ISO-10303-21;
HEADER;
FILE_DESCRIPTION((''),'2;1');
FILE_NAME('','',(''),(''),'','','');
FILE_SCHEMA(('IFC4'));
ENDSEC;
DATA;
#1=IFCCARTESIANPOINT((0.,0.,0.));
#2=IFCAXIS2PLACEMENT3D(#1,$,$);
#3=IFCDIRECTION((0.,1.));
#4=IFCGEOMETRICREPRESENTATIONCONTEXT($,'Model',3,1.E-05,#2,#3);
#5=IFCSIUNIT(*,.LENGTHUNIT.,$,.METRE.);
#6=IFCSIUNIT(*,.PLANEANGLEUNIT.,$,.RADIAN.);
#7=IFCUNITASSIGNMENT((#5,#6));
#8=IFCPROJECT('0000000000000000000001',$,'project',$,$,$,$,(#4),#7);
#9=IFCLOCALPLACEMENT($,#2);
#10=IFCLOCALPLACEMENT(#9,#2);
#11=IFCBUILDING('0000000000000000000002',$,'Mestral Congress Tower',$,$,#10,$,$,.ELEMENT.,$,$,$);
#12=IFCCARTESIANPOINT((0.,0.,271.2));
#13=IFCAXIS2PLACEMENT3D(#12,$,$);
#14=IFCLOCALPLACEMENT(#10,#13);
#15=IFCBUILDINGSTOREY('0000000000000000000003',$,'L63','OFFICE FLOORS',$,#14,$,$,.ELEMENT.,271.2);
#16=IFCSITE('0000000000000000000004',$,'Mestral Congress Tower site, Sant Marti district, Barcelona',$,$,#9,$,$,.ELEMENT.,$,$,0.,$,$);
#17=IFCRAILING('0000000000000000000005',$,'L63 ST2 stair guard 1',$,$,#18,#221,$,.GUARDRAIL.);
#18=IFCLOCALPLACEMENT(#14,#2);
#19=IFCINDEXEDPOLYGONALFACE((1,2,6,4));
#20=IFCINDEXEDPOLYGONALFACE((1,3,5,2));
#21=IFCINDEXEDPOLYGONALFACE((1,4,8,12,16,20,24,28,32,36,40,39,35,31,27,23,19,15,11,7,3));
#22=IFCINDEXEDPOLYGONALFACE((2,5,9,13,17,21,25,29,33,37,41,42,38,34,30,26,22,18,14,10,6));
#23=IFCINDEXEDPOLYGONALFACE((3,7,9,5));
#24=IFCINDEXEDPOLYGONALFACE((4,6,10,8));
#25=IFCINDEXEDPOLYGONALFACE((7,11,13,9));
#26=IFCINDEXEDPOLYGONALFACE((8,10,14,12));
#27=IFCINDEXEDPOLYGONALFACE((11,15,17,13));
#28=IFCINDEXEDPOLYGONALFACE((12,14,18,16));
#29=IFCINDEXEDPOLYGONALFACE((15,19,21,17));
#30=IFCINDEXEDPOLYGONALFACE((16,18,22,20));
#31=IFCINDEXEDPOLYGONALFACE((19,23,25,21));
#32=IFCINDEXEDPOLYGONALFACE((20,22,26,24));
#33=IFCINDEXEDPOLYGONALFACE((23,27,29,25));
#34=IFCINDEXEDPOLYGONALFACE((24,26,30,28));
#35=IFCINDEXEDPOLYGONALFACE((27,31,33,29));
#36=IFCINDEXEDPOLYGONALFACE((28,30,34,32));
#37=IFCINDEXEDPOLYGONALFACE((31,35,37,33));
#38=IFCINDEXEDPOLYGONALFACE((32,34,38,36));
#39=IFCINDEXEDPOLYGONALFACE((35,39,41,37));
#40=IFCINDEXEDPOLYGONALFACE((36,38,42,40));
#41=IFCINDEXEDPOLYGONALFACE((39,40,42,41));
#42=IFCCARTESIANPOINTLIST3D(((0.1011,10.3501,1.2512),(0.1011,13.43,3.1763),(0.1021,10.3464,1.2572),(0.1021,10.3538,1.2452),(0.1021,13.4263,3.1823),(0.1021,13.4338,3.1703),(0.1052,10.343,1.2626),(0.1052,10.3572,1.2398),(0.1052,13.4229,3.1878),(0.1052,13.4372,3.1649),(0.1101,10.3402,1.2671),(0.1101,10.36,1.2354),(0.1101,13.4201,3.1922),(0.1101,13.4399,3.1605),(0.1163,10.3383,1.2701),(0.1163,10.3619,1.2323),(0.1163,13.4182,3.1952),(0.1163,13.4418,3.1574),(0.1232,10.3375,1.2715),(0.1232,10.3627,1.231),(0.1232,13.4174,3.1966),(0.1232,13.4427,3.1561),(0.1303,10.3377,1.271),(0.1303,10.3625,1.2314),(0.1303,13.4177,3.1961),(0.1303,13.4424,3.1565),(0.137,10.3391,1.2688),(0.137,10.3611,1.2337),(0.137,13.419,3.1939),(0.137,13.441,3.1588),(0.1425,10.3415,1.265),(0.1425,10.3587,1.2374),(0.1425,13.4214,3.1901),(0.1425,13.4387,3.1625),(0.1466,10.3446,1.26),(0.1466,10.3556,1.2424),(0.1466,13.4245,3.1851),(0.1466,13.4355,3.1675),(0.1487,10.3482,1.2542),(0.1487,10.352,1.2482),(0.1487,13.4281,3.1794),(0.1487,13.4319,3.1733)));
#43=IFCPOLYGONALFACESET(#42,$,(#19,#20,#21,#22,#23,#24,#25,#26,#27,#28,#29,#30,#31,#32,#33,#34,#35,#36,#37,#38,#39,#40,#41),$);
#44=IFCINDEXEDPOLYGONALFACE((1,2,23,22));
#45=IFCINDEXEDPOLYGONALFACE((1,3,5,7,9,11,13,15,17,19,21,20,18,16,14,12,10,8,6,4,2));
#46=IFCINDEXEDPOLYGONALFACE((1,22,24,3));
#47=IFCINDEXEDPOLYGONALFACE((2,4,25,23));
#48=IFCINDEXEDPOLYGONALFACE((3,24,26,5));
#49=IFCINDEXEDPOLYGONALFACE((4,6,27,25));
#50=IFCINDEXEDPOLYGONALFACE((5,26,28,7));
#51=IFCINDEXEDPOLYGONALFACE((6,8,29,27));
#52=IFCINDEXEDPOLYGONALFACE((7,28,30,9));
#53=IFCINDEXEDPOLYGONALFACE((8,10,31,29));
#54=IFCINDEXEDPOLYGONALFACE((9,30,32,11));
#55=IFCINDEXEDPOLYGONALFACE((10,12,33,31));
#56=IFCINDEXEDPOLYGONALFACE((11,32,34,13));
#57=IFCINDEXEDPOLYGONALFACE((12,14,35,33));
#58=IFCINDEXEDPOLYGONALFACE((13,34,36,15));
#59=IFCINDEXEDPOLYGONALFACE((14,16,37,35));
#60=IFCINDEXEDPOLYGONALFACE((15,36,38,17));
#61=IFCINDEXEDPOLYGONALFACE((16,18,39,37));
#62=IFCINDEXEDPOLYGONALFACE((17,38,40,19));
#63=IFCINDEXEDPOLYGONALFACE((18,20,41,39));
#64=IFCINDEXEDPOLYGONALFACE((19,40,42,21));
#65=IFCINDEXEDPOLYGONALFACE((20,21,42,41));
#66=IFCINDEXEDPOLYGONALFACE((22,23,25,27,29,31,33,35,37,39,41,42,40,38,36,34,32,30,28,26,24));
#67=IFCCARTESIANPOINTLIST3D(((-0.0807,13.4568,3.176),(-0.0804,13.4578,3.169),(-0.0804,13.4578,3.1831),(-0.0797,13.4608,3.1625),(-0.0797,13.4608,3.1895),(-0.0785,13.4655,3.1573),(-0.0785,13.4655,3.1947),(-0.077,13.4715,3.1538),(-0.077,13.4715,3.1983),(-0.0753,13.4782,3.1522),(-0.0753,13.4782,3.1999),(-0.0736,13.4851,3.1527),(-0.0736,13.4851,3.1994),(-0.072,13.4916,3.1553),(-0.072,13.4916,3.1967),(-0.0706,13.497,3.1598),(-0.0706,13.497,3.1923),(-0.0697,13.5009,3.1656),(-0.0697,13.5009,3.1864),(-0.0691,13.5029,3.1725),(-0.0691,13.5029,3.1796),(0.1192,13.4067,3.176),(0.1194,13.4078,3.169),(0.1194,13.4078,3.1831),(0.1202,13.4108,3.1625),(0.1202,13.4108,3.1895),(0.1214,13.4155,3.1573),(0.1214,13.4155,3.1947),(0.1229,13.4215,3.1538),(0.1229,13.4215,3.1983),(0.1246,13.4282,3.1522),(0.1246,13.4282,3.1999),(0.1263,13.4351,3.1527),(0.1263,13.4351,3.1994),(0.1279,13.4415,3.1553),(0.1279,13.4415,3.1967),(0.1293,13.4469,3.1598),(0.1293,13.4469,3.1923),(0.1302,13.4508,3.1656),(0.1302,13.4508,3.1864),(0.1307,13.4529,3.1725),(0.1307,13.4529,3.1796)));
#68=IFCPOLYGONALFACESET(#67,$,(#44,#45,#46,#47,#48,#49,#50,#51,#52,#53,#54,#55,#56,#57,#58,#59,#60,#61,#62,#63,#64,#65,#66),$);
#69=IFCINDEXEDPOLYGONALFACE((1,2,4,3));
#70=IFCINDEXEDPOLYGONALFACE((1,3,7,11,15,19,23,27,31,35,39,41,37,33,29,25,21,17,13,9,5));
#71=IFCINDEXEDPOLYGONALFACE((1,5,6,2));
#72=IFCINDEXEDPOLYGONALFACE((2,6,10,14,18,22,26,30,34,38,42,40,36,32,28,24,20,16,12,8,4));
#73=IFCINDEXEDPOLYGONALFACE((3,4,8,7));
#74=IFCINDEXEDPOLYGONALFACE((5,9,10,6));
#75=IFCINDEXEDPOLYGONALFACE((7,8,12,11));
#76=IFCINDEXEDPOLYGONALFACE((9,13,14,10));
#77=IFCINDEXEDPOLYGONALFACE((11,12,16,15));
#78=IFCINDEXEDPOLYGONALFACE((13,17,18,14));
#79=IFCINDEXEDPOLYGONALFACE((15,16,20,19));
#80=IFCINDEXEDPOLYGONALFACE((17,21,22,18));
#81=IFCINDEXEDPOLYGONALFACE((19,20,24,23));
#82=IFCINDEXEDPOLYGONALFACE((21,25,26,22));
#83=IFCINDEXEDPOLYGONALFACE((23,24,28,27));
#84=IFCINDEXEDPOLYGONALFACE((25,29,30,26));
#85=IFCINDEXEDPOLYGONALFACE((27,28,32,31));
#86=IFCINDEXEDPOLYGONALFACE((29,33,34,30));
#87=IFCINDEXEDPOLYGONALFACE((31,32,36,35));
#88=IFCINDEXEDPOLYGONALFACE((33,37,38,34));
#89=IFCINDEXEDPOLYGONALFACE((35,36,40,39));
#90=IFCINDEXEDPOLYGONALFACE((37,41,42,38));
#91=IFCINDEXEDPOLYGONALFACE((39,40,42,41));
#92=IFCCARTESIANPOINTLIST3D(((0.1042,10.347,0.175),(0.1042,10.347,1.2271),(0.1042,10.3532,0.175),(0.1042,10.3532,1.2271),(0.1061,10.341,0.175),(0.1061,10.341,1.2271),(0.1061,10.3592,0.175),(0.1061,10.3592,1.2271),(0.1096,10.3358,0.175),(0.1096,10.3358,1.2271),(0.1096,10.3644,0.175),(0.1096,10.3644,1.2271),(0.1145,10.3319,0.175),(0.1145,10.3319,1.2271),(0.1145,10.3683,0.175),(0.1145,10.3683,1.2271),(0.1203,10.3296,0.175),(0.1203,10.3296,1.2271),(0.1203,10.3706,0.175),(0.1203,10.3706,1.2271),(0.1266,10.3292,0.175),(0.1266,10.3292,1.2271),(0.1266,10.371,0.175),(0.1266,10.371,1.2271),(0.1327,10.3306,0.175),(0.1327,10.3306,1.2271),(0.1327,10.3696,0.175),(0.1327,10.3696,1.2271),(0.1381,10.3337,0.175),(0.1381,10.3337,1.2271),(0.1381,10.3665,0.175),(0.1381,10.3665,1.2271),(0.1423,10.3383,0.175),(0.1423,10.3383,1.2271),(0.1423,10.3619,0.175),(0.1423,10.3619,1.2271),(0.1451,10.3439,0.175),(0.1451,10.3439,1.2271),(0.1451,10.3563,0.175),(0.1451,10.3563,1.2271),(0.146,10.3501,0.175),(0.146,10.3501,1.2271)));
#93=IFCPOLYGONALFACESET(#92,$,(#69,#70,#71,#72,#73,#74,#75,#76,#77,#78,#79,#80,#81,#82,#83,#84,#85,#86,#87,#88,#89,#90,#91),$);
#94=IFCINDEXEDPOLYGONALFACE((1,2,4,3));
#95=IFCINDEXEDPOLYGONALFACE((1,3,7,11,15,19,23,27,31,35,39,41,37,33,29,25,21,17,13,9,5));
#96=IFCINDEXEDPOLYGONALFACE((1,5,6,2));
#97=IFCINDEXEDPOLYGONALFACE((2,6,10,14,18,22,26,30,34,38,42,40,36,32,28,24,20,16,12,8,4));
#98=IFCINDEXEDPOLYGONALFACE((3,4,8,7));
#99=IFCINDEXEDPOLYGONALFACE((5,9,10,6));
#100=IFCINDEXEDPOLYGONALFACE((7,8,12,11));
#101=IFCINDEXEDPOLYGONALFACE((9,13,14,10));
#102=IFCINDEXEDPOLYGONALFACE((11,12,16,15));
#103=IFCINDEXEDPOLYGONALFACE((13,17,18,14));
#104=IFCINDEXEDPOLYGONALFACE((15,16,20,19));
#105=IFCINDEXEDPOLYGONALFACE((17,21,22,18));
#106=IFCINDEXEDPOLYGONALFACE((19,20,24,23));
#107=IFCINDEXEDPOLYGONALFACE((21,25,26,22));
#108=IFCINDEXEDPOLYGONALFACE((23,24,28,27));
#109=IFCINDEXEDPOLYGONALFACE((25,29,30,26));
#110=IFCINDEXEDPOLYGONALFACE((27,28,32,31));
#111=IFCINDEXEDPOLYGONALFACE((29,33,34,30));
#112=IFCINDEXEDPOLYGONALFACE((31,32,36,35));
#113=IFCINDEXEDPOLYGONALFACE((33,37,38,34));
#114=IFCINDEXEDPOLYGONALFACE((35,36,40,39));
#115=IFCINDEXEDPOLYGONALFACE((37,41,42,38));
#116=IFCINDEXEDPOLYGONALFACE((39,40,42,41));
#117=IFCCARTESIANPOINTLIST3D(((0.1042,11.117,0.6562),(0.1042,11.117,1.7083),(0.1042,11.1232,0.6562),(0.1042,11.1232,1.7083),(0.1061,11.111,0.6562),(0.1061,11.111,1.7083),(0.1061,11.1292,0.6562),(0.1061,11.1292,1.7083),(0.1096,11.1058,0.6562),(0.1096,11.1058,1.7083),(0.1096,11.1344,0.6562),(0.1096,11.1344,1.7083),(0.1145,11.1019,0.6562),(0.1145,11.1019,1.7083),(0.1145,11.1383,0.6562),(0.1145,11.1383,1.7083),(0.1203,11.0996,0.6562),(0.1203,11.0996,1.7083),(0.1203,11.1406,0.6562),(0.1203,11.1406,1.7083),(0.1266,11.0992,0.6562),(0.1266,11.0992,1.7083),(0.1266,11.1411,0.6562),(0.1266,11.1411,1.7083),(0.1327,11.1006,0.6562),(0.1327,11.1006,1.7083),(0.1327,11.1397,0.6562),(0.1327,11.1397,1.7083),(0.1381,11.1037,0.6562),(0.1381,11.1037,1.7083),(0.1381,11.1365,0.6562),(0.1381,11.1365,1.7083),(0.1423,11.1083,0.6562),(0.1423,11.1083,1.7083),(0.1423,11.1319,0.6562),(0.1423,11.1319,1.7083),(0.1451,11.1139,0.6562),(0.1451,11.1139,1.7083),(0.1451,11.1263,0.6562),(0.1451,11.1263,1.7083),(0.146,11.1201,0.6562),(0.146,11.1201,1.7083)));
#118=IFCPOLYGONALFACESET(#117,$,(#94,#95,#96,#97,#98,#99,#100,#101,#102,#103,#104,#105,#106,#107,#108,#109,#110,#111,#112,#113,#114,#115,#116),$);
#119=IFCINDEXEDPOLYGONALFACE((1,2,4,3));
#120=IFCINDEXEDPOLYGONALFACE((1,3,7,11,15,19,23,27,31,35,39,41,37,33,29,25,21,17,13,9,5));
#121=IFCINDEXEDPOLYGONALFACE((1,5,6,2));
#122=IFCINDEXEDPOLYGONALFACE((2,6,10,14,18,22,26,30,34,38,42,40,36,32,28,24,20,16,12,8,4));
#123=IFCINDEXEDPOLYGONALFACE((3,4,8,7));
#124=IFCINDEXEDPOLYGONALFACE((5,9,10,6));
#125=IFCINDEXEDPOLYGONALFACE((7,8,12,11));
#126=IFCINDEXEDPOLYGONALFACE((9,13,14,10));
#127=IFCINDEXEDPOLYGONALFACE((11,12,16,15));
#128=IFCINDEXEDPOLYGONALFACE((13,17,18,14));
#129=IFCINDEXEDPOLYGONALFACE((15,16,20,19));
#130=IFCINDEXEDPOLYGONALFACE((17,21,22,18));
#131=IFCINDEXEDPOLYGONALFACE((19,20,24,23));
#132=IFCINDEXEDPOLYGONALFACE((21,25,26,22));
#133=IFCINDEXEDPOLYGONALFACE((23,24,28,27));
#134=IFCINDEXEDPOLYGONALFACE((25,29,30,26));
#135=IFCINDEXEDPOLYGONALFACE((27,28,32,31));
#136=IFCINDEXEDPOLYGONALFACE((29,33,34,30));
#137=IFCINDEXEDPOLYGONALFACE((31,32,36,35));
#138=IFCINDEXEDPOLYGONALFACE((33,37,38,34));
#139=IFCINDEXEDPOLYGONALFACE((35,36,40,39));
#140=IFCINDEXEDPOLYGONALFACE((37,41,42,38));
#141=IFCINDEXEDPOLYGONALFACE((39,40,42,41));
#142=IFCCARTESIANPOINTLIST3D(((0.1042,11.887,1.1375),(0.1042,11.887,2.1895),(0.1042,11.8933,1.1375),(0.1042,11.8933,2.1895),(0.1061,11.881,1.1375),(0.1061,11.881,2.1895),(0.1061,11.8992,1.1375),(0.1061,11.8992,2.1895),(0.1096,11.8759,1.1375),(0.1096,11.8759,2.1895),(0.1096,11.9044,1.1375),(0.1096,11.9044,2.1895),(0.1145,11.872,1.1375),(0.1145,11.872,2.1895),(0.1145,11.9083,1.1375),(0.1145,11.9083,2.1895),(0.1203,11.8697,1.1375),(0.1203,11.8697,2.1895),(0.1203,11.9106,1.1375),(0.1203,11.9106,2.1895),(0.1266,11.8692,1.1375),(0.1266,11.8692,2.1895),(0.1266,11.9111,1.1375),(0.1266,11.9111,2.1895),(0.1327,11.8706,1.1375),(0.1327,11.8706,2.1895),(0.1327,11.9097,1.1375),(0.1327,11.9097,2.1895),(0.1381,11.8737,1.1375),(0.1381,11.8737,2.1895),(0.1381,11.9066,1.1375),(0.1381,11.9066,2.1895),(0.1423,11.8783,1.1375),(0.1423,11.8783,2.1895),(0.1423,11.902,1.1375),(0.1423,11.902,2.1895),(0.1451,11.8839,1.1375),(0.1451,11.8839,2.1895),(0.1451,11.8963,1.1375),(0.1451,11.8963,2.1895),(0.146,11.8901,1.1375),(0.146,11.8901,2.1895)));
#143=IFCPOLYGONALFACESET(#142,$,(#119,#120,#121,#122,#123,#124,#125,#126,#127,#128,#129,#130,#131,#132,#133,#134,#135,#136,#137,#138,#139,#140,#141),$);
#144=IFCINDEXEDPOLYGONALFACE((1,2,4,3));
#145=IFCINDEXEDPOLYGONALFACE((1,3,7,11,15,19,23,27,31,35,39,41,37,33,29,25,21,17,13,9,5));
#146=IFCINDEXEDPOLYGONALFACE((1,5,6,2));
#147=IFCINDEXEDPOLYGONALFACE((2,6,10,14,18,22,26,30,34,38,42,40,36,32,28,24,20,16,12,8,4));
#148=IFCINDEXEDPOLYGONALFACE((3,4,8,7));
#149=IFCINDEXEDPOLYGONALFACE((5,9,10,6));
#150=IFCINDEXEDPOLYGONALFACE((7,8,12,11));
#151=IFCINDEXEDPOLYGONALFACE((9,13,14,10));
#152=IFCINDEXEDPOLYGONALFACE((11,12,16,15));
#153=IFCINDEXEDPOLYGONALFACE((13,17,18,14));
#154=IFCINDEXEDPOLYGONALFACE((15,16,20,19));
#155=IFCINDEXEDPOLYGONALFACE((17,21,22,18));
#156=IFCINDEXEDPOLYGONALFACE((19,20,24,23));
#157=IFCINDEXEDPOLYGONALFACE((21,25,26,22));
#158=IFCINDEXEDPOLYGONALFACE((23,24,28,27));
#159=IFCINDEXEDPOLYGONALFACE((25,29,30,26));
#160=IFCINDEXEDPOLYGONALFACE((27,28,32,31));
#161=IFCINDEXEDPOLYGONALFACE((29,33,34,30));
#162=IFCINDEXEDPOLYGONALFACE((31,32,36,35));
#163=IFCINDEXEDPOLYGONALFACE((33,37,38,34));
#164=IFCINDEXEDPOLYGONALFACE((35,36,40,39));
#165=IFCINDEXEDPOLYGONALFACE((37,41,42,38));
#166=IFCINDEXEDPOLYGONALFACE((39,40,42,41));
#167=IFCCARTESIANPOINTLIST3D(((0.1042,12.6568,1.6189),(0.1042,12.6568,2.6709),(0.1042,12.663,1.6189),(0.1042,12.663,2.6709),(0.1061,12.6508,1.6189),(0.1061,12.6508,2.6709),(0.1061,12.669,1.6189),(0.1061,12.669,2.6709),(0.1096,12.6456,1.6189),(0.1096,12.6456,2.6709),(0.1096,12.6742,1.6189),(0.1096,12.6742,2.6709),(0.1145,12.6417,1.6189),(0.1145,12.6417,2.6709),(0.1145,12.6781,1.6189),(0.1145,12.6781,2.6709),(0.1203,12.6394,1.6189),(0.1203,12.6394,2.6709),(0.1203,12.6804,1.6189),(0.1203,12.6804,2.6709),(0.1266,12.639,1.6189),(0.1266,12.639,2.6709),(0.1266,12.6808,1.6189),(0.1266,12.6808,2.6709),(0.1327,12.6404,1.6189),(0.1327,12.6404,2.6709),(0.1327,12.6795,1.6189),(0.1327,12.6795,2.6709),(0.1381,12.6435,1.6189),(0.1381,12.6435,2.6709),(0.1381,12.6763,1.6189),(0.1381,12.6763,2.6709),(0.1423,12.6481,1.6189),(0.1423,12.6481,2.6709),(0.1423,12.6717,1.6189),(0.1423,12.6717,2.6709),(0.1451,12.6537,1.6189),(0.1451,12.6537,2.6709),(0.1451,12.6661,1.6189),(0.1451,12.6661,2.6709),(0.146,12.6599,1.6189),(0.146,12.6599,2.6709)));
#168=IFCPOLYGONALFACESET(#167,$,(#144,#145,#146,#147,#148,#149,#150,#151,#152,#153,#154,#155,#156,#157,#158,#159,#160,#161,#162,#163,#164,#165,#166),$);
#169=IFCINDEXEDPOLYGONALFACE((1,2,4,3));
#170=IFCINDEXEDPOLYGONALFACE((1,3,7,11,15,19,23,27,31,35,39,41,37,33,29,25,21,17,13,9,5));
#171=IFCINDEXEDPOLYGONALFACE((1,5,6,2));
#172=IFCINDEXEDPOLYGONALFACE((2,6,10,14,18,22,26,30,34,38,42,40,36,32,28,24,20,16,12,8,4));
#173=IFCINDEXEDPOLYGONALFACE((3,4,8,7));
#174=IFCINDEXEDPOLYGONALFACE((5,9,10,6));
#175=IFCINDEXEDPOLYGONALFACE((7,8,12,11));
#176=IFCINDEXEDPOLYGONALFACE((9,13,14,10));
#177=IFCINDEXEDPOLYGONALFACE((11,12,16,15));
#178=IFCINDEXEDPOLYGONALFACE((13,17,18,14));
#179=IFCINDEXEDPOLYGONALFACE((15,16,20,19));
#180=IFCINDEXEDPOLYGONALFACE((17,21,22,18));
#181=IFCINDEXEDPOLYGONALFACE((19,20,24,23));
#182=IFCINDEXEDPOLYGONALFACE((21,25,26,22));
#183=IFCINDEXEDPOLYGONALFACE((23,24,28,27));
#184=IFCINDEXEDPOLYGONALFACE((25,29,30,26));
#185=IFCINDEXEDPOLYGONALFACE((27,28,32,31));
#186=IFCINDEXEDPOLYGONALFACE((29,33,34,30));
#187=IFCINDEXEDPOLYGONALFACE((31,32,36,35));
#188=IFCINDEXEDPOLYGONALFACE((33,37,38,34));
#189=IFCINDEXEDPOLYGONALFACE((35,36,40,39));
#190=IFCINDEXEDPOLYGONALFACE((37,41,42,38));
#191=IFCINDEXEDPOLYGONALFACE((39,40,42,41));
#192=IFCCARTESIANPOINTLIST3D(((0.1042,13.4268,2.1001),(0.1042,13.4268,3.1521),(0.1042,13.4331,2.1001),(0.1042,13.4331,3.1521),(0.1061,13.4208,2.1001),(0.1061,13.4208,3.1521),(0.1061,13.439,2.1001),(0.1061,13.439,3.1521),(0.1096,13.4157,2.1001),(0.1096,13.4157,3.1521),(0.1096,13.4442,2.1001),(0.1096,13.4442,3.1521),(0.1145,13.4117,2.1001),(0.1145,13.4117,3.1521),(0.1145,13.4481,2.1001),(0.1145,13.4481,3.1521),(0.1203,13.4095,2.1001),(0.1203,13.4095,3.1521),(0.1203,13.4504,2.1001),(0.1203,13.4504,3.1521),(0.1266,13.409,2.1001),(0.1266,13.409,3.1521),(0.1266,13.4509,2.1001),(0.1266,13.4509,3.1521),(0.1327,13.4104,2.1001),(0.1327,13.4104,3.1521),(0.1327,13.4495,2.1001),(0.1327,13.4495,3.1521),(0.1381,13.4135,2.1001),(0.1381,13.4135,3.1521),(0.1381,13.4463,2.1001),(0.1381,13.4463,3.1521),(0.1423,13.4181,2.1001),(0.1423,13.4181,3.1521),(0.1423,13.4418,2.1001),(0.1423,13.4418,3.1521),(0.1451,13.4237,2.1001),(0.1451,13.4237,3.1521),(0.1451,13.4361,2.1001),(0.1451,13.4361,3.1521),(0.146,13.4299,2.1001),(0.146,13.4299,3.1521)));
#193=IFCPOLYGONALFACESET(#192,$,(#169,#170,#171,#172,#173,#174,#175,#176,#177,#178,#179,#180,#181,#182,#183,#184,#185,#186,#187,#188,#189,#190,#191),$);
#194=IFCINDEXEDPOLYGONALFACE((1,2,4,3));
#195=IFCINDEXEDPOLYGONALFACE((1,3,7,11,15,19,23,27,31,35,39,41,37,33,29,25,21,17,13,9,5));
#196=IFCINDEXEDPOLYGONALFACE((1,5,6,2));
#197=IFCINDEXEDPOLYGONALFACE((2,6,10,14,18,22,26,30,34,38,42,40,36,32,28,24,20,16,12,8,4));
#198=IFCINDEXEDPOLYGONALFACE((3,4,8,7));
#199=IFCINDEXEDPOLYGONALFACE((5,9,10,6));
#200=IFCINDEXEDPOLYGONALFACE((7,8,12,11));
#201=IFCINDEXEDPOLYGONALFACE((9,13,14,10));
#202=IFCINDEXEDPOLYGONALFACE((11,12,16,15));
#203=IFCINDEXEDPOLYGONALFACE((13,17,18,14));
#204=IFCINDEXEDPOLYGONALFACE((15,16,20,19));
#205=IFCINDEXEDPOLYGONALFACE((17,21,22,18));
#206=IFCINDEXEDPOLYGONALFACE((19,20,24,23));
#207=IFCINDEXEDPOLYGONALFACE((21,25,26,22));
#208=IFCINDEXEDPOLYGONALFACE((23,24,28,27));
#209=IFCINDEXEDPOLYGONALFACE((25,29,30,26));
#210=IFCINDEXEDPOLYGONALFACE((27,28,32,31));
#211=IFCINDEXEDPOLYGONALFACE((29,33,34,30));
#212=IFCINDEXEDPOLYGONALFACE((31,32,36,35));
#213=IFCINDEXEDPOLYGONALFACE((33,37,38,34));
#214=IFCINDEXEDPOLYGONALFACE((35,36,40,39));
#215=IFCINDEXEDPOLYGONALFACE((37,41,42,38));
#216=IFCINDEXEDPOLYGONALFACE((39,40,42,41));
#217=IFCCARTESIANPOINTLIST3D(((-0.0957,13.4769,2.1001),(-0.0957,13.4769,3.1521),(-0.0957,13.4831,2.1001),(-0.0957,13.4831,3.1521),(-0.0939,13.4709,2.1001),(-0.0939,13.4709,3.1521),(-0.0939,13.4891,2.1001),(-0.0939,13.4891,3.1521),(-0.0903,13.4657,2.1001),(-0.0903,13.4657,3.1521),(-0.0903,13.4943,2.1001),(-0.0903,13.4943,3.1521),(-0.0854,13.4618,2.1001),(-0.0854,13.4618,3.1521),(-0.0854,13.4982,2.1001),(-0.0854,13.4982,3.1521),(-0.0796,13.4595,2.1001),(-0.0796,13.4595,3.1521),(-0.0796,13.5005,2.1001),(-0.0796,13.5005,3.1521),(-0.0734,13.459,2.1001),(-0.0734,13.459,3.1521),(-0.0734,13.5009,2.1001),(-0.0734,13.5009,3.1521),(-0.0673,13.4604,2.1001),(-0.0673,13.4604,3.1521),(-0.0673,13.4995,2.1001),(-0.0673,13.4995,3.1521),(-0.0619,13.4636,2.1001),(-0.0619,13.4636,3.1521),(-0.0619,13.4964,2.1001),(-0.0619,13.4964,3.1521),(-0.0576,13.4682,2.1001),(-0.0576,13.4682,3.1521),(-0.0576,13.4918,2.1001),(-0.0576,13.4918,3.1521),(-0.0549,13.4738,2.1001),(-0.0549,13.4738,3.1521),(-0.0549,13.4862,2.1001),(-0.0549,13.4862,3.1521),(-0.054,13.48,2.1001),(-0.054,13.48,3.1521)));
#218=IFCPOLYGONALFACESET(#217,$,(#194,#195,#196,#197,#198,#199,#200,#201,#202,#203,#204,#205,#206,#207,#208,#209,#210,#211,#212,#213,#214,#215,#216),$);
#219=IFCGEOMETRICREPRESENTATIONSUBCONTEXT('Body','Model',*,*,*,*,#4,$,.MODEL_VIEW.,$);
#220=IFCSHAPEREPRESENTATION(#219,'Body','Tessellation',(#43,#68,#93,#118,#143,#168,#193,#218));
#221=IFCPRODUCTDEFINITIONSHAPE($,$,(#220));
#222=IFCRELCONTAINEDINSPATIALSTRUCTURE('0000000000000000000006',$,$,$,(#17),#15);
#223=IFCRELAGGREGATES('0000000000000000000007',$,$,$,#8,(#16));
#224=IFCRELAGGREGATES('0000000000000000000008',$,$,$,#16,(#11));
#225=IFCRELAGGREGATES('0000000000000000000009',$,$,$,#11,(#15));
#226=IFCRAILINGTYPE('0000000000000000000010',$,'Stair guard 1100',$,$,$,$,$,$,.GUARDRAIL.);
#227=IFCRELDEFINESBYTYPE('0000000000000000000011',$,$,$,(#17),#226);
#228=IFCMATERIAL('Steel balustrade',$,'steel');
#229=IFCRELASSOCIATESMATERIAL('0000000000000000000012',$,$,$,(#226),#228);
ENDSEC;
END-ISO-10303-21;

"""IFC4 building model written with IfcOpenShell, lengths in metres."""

from ifc_helpers import new_model, si_unit, direction, frame, origin, origin_2d, place, context, subcontext, project, spatial, circle, extrude, material, type_object, element, save


model = new_model("IFC4")

# Units and contexts
model_context = context("Model", 3, precision=1e-05, world=origin(), true_north=direction((0.0, 1.0)))
body_context = subcontext(model_context, "Body", "Model", "MODEL_VIEW")
ifc_project = project(units=[si_unit("LENGTHUNIT", "METRE"), si_unit("PLANEANGLEUNIT", "RADIAN")], contexts=[model_context])

# Site, building, storey
site_placement = place(None, origin())
site = spatial("IfcSite", under=ifc_project, at=site_placement, Name="Mestral Congress Tower site, Sant Marti district, Barcelona", CompositionType="ELEMENT", RefElevation=0.0)
building_placement = place(site_placement, origin())
building = spatial("IfcBuilding", under=site, at=building_placement, Name="Mestral Congress Tower", CompositionType="ELEMENT")
storey_placement = place(building_placement, frame((0.0, 0.0, 271.2)))
storey = spatial("IfcBuildingStorey", under=building, at=storey_placement, Name="L63", Description="OFFICE FLOORS", CompositionType="ELEMENT", Elevation=271.2)

# Railing
ifc_material_1 = material(Name="Steel balustrade", Category="steel")
railing_type_1 = type_object("IfcRailingType", Name="Stair guard 1100", PredefinedType="GUARDRAIL", material=ifc_material_1)
railing_1_placement = place(storey_placement, frame((0.125, 10.3501, 0.175)))
element("IfcRailing", 1, at=railing_1_placement, inside=storey, type_object=railing_type_1, Name="L63 ST2 stair guard 1", PredefinedType="GUARDRAIL", context=body_context, shape_type="SweptSolid", body=[
    extrude(circle(Radius=0.0239, at=origin_2d()), frame((0.0, 0.0, 1.0762), z_axis=(0.0, 0.847979, 0.530029), x_axis=(-1.0, 0.0, 0.0)), (0.0, 0.0, 1.0), 3.6321),
    extrude(circle(Radius=0.0239, at=origin_2d()), frame((0.0, 3.0798, 3.001), z_axis=(-0.970073, 0.242814, 0.0), x_axis=(-0.242814, -0.970073, 0.0)), (0.0, 0.0, 1.0), 0.2061),
    extrude(circle(Radius=0.021, at=origin_2d()), origin(), (0.0, 0.0, 1.0), 1.052),
    extrude(circle(Radius=0.021, at=origin_2d()), frame((0.0, 0.77, 0.4812)), (0.0, 0.0, 1.0), 1.052),
    extrude(circle(Radius=0.021, at=origin_2d()), frame((0.0, 1.54, 0.9624)), (0.0, 0.0, 1.0), 1.052),
    extrude(circle(Radius=0.021, at=origin_2d()), frame((0.0, 2.3098, 1.4438)), (0.0, 0.0, 1.0), 1.052),
    extrude(circle(Radius=0.021, at=origin_2d()), frame((0.0, 3.0798, 1.925)), (0.0, 0.0, 1.0), 1.052),
    extrude(circle(Radius=0.021, at=origin_2d()), frame((-0.2, 3.1299, 1.925)), (0.0, 0.0, 1.0), 1.052),
])

save(model, "model.ifc")
